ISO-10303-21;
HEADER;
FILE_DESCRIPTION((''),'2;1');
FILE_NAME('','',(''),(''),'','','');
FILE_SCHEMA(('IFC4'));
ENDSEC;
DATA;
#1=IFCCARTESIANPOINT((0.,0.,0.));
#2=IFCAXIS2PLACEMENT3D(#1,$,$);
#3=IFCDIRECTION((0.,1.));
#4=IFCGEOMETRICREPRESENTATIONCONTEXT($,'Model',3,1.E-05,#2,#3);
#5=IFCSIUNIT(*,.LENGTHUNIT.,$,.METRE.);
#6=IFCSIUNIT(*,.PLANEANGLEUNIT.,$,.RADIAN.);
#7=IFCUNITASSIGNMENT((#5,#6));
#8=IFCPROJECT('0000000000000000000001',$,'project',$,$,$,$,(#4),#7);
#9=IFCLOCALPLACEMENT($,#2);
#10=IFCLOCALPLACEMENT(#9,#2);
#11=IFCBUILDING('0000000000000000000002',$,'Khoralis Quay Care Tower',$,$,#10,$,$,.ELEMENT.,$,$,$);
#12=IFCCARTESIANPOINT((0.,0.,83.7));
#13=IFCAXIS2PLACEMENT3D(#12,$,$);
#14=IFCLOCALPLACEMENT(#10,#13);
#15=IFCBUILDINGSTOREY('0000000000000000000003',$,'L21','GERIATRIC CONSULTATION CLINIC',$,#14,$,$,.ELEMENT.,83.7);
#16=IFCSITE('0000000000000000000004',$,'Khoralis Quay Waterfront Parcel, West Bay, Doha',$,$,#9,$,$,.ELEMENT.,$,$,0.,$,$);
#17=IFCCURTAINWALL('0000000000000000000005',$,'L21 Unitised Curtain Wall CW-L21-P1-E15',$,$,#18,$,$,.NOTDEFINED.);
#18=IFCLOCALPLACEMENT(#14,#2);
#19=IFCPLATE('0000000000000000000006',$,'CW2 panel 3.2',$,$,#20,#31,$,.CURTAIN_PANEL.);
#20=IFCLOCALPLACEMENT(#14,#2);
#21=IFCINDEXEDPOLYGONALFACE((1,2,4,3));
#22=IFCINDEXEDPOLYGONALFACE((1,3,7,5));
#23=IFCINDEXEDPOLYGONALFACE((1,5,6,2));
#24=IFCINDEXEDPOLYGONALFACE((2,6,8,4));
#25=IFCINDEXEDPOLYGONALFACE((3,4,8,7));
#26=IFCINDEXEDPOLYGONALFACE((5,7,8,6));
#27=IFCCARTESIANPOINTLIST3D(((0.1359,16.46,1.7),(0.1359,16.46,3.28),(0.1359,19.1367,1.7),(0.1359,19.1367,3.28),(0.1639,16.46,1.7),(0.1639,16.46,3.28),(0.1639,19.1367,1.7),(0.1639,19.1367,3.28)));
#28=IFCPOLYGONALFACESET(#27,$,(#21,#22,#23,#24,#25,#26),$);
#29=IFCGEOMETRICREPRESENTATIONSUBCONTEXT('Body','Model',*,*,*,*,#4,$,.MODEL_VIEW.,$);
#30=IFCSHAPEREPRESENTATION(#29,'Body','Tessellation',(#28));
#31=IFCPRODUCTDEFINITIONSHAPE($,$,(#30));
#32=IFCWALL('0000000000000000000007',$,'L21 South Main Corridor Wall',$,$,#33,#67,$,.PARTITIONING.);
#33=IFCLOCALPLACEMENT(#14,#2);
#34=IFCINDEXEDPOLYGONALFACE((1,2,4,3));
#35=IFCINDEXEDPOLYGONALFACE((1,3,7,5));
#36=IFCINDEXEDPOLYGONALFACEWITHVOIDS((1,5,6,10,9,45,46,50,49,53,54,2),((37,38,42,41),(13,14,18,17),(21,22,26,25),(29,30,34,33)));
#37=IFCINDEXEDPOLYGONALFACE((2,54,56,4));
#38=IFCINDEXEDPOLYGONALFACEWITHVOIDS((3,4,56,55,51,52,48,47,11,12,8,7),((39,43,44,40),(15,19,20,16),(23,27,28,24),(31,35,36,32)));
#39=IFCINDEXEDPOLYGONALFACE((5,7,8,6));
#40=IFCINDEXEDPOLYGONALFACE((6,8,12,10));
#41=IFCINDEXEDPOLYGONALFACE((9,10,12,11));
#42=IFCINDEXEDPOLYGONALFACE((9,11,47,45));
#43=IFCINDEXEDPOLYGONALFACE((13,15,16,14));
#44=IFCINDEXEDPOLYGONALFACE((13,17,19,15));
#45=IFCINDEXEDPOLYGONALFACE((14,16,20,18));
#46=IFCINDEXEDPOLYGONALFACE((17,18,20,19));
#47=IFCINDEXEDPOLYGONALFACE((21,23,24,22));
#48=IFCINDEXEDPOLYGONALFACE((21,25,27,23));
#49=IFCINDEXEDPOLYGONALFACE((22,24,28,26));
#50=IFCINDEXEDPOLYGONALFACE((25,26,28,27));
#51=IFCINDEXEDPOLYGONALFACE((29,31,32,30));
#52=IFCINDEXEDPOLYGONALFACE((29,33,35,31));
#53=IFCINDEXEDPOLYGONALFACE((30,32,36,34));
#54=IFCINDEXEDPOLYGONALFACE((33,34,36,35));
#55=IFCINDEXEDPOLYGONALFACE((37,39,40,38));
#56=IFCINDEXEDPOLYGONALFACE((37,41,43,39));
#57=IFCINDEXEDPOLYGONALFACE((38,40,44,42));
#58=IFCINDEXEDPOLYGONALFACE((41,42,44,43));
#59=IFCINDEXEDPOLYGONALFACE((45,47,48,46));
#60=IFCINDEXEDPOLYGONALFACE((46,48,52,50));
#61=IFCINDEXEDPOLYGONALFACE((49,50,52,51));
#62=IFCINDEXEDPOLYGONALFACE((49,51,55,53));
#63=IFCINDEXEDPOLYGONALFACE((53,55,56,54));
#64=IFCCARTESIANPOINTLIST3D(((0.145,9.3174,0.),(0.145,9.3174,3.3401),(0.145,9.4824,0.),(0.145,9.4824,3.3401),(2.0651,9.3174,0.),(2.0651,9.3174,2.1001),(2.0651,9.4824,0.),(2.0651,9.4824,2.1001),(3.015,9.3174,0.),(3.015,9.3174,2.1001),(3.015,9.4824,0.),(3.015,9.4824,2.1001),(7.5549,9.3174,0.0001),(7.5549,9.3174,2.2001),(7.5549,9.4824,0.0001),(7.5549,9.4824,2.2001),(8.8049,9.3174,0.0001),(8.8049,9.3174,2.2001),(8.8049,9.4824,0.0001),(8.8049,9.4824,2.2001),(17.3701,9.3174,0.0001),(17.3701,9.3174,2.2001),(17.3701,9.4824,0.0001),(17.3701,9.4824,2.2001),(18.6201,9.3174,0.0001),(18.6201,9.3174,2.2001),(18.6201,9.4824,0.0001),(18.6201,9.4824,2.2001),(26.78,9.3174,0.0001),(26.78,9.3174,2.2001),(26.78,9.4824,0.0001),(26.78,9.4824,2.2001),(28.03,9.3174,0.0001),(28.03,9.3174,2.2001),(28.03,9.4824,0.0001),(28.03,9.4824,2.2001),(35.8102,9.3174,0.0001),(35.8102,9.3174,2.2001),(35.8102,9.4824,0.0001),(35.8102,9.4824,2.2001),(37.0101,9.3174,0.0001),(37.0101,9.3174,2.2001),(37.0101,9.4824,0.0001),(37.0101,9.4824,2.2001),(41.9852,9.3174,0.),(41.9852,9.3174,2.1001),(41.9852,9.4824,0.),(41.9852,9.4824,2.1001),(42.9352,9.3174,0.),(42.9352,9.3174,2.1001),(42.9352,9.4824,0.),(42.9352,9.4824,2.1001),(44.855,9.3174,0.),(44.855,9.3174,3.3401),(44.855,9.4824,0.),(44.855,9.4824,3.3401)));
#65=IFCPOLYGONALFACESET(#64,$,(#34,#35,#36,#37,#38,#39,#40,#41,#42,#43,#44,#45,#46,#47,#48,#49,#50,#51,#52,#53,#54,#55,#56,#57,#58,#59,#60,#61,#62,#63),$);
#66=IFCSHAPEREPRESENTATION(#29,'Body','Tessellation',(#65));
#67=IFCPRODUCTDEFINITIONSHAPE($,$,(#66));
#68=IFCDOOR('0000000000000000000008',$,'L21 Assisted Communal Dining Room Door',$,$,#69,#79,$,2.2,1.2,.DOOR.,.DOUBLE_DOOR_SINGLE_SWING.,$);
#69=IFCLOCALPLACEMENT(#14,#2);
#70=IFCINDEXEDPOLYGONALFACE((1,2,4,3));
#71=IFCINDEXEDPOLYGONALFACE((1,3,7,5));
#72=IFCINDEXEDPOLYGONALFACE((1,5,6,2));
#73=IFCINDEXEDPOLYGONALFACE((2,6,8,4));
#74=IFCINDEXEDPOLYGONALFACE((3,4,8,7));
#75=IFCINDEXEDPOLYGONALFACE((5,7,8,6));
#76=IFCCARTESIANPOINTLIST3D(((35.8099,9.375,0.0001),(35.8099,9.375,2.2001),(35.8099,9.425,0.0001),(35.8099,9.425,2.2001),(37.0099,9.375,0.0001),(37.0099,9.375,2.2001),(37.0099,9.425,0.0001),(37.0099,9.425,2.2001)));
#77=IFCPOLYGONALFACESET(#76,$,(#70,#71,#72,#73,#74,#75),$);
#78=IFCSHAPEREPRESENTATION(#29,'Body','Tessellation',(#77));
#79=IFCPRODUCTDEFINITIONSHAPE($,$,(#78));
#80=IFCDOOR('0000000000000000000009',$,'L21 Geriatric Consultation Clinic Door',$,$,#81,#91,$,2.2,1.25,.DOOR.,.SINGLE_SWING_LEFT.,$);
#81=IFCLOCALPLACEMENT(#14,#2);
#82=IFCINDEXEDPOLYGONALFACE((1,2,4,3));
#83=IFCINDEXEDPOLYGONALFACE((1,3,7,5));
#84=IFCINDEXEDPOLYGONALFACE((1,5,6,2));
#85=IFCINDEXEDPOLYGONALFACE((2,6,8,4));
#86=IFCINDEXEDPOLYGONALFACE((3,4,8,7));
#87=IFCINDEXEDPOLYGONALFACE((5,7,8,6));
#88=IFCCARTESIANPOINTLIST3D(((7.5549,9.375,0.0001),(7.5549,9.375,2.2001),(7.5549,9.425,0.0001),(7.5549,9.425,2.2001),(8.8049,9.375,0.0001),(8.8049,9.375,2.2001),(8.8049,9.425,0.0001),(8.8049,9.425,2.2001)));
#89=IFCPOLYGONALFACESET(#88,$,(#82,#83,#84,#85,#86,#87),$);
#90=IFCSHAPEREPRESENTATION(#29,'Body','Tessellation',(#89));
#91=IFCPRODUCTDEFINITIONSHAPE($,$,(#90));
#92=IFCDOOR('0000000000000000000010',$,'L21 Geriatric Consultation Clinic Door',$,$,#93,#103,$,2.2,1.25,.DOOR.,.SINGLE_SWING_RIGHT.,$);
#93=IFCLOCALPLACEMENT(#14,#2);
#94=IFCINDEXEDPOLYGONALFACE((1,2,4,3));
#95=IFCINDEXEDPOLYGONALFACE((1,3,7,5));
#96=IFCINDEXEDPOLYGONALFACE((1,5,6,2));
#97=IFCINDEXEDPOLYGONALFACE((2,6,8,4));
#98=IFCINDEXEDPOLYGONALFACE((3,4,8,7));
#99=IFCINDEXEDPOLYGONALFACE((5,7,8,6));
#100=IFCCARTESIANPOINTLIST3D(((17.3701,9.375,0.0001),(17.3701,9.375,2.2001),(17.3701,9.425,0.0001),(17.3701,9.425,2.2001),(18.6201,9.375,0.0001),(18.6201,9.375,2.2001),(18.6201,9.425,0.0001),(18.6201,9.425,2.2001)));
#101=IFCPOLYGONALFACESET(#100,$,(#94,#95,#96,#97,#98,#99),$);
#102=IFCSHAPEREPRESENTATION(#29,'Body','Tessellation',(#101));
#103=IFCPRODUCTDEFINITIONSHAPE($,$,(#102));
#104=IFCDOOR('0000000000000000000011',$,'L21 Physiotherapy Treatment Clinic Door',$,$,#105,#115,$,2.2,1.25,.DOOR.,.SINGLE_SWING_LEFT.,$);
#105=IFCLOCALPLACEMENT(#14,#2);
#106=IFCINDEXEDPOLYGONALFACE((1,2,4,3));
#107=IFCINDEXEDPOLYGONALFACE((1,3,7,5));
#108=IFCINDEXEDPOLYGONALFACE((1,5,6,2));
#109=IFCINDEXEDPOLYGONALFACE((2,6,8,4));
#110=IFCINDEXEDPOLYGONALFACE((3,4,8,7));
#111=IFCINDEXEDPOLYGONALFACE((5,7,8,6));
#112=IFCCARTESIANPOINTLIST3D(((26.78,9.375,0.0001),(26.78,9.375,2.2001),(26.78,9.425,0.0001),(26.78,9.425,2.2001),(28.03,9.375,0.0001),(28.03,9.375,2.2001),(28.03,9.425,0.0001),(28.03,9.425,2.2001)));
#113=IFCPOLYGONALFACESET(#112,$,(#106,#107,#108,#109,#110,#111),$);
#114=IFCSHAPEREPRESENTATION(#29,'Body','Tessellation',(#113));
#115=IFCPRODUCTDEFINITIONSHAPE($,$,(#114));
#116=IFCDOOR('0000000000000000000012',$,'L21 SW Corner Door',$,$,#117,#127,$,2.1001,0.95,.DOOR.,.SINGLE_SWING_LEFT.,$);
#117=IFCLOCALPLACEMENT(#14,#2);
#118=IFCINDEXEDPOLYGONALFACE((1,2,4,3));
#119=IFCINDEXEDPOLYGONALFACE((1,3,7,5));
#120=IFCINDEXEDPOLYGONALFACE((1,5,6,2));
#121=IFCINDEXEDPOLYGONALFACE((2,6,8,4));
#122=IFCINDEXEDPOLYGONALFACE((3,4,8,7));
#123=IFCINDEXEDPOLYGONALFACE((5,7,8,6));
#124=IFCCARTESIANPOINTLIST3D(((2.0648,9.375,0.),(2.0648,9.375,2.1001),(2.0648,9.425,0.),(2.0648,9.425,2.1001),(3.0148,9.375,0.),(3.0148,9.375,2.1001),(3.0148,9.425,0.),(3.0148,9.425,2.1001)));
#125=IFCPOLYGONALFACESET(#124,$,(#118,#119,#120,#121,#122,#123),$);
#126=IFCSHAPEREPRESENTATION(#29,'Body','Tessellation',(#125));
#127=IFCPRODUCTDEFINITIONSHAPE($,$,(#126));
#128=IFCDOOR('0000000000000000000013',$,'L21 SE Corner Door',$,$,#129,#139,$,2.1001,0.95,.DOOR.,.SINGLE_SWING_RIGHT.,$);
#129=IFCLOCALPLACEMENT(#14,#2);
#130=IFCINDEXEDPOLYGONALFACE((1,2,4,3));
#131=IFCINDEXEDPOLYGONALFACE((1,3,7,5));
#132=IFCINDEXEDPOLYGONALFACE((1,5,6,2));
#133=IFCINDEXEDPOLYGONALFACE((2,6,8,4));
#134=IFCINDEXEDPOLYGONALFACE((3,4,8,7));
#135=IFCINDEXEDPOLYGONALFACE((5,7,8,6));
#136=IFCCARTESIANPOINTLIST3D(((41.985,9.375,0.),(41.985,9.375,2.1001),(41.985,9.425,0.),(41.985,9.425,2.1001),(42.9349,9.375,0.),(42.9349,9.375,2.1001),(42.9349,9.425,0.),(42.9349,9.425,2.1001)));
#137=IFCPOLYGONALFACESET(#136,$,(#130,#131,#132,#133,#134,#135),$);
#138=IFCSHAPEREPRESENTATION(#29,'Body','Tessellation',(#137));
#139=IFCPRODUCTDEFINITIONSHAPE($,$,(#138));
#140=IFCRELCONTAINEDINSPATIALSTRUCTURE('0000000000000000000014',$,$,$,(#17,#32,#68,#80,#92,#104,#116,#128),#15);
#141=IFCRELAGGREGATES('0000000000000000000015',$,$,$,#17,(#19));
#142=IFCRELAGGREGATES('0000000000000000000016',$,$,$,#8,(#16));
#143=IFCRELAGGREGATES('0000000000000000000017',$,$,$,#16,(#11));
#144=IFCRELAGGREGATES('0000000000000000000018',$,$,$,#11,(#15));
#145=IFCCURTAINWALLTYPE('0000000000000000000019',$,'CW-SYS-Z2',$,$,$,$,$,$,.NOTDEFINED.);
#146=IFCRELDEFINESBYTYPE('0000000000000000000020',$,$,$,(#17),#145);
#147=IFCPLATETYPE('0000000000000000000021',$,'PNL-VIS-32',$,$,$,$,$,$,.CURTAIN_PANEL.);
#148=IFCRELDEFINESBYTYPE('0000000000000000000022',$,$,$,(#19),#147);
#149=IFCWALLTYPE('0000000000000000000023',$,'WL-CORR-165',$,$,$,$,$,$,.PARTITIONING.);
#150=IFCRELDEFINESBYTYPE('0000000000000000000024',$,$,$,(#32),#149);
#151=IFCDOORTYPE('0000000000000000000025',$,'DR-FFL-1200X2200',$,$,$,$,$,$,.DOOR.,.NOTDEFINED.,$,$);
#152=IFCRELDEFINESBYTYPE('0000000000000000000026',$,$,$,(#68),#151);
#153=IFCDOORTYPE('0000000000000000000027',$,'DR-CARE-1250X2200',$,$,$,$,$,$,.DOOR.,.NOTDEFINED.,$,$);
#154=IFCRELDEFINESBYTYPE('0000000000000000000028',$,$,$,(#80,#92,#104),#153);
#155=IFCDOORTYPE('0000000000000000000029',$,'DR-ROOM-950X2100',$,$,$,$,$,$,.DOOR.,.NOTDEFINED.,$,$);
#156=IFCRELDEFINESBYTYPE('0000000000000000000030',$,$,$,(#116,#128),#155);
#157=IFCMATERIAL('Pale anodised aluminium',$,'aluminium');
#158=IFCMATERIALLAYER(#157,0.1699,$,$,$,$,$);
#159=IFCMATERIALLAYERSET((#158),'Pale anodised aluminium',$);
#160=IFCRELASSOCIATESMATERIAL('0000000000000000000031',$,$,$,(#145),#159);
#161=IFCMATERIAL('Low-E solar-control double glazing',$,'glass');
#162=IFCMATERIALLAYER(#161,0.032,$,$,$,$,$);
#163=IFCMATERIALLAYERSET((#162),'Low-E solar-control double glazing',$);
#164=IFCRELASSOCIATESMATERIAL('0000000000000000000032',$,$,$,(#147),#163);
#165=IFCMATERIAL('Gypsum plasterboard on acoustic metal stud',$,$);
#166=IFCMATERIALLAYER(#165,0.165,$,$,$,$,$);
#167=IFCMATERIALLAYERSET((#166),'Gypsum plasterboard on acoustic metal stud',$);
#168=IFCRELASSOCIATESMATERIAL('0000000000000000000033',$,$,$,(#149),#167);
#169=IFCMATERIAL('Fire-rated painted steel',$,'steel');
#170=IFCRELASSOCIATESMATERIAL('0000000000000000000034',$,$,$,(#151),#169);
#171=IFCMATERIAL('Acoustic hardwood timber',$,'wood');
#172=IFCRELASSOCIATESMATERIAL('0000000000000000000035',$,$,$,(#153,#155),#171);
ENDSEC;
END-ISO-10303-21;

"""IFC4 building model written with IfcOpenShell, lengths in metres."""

from ifc_helpers import new_model, si_unit, direction, frame, frame_2d, origin, origin_2d, place, context, subcontext, project, spatial, rectangle, extrude, source, transform, mapped, material, layer, layer_set, type_object, element, fill, aggregate, save


model = new_model("IFC4")

# Units and contexts
model_context = context("Model", 3, precision=1e-05, world=origin(), true_north=direction((0.0, 1.0)))
body_context = subcontext(model_context, "Body", "Model", "MODEL_VIEW")
ifc_project = project(units=[si_unit("LENGTHUNIT", "METRE"), si_unit("PLANEANGLEUNIT", "RADIAN")], contexts=[model_context])

# Site, building, storey
site_placement = place(None, origin())
site = spatial("IfcSite", under=ifc_project, at=site_placement, Name="Khoralis Quay Waterfront Parcel, West Bay, Doha", CompositionType="ELEMENT", RefElevation=0.0)
building_placement = place(site_placement, origin())
building = spatial("IfcBuilding", under=site, at=building_placement, Name="Khoralis Quay Care Tower", CompositionType="ELEMENT")
storey_placement = place(building_placement, frame((0.0, 0.0, 83.7)))
storey = spatial("IfcBuildingStorey", under=building, at=storey_placement, Name="L21", Description="GERIATRIC CONSULTATION CLINIC", CompositionType="ELEMENT", Elevation=83.7)

# Curtain wall, plate
ifc_material_1 = material(Name="Pale anodised aluminium", Category="aluminium")
ifc_layer_1 = layer(ifc_material_1, 0.1699)
ifc_layer_set_1 = layer_set([ifc_layer_1], Name="Pale anodised aluminium")
curtain_wall_type = type_object("IfcCurtainWallType", Name="CW-SYS-Z2", PredefinedType="NOTDEFINED", material=ifc_layer_set_1)
curtain_wall_placement = place(storey_placement, origin())
curtain_wall = element("IfcCurtainWall", 1, at=curtain_wall_placement, inside=storey, type_object=curtain_wall_type, Name="L21 Unitised Curtain Wall CW-L21-P1-E15", PredefinedType="NOTDEFINED")
ifc_material_2 = material(Name="Low-E solar-control double glazing", Category="glass")
ifc_layer_2 = layer(ifc_material_2, 0.032)
ifc_layer_set_2 = layer_set([ifc_layer_2], Name="Low-E solar-control double glazing")
plate_type = type_object("IfcPlateType", Name="PNL-VIS-32", PredefinedType="CURTAIN_PANEL", material=ifc_layer_set_2)
shared_shape_1 = source(origin(), body_context, "Body", "SweptSolid", [
    extrude(rectangle(XDim=2.6768, YDim=0.0281, at=origin_2d()), origin(), (0.0, 0.0, 1.0), 1.5801),
])
plate_1_placement = place(storey_placement, frame((0.1499, 17.7983, 1.7), z_axis=(0.0, 0.0, 1.0), x_axis=(0.0, -1.0, 0.0)))
plate_1 = element("IfcPlate", 2, at=plate_1_placement, type_object=plate_type, Name="CW2 panel 3.2", PredefinedType="CURTAIN_PANEL", context=body_context, shape_type="MappedRepresentation", body=[
    mapped(shared_shape_1, transform((0.0, 0.0, 0.0), scale=1.0)),
])
aggregate(curtain_wall, [plate_1])

# Wall, openings, doors
ifc_material_3 = material(Name="Gypsum plasterboard on acoustic metal stud")
ifc_layer_3 = layer(ifc_material_3, 0.165)
ifc_layer_set_3 = layer_set([ifc_layer_3], Name="Gypsum plasterboard on acoustic metal stud")
wall_type_1 = type_object("IfcWallType", Name="WL-CORR-165", PredefinedType="PARTITIONING", material=ifc_layer_set_3)
wall_1_placement = place(storey_placement, frame((0.145, 9.3999, 0.0), z_axis=(0.0, 0.0, 1.0), x_axis=(1.0, 0.0, 0.0)))
wall_1 = element("IfcWall", 3, at=wall_1_placement, inside=storey, type_object=wall_type_1, Name="L21 South Main Corridor Wall", PredefinedType="PARTITIONING", context=body_context, shape_type="SweptSolid", body=[
    extrude(rectangle(XDim=44.71, YDim=0.165, at=frame_2d((22.355, 0.0))), origin(), (0.0, 0.0, 1.0), 3.3401),
])
opening_1_placement = place(wall_1_placement, frame((7.4099, 0.0, 0.0)))
opening_1 = element("IfcOpeningElement", 4, at=opening_1_placement, cuts=wall_1, PredefinedType="OPENING", context=body_context, shape_type="SweptSolid", body=[
    extrude(rectangle(XDim=1.25, YDim=2.2, at=frame_2d((0.625, 1.1001))), frame((0.0, 0.0925, 0.0), z_axis=(0.0, -1.0, 0.0), x_axis=(1.0, 0.0, 0.0)), (0.0, 0.0, 1.0), 0.1851),
])
opening_2_placement = place(wall_1_placement, frame((17.2251, 0.0, 0.0)))
opening_2 = element("IfcOpeningElement", 5, at=opening_2_placement, cuts=wall_1, PredefinedType="OPENING", context=body_context, shape_type="SweptSolid", body=[
    extrude(rectangle(XDim=1.25, YDim=2.2, at=frame_2d((0.625, 1.1001))), frame((0.0, 0.0925, 0.0), z_axis=(0.0, -1.0, 0.0), x_axis=(1.0, 0.0, 0.0)), (0.0, 0.0, 1.0), 0.1851),
])
opening_3_placement = place(wall_1_placement, frame((26.635, 0.0, 0.0)))
opening_3 = element("IfcOpeningElement", 6, at=opening_3_placement, cuts=wall_1, PredefinedType="OPENING", context=body_context, shape_type="SweptSolid", body=[
    extrude(rectangle(XDim=1.25, YDim=2.2, at=frame_2d((0.625, 1.1001))), frame((0.0, 0.0925, 0.0), z_axis=(0.0, -1.0, 0.0), x_axis=(1.0, 0.0, 0.0)), (0.0, 0.0, 1.0), 0.1851),
])
opening_4_placement = place(wall_1_placement, frame((35.665, 0.0, 0.0)))
opening_4 = element("IfcOpeningElement", 7, at=opening_4_placement, cuts=wall_1, PredefinedType="OPENING", context=body_context, shape_type="SweptSolid", body=[
    extrude(rectangle(XDim=1.2, YDim=2.2, at=frame_2d((0.6001, 1.1001))), frame((0.0, 0.0925, 0.0), z_axis=(0.0, -1.0, 0.0), x_axis=(1.0, 0.0, 0.0)), (0.0, 0.0, 1.0), 0.1851),
])
opening_5_placement = place(wall_1_placement, frame((1.9199, 0.0, 0.0)))
opening_5 = element("IfcOpeningElement", 8, at=opening_5_placement, cuts=wall_1, PredefinedType="OPENING", context=body_context, shape_type="SweptSolid", body=[
    extrude(rectangle(XDim=0.95, YDim=2.1001, at=frame_2d((0.4751, 1.05))), frame((0.0, 0.0925, 0.0), z_axis=(0.0, -1.0, 0.0), x_axis=(1.0, 0.0, 0.0)), (0.0, 0.0, 1.0), 0.1851),
])
opening_6_placement = place(wall_1_placement, frame((41.8401, 0.0, 0.0)))
opening_6 = element("IfcOpeningElement", 9, at=opening_6_placement, cuts=wall_1, PredefinedType="OPENING", context=body_context, shape_type="SweptSolid", body=[
    extrude(rectangle(XDim=0.95, YDim=2.1001, at=frame_2d((0.4751, 1.05))), frame((0.0, 0.0925, 0.0), z_axis=(0.0, -1.0, 0.0), x_axis=(1.0, 0.0, 0.0)), (0.0, 0.0, 1.0), 0.1851),
])
ifc_material_4 = material(Name="Fire-rated painted steel", Category="steel")
door_type_1 = type_object("IfcDoorType", Name="DR-FFL-1200X2200", OperationType="NOTDEFINED", PredefinedType="DOOR", material=ifc_material_4)
shared_shape_2 = source(origin(), body_context, "Body", "SweptSolid", [
    extrude(rectangle(XDim=1.2, YDim=2.2, at=frame_2d((0.6001, 1.1001))), frame((0.0, 0.0249, 0.0), z_axis=(0.0, -1.0, 0.0), x_axis=(1.0, 0.0, 0.0)), (0.0, 0.0, 1.0), 0.05),
])
door_1_placement = place(opening_4_placement, frame((1.2, 0.0, 0.0), z_axis=(0.0, 0.0, 1.0), x_axis=(-1.0, 0.0, 0.0)))
door_1 = element("IfcDoor", 10, at=door_1_placement, inside=storey, type_object=door_type_1, Name="L21 Assisted Communal Dining Room Door", OperationType="DOUBLE_DOOR_SINGLE_SWING", OverallHeight=2.2, OverallWidth=1.2, PredefinedType="DOOR", context=body_context, shape_type="MappedRepresentation", body=[
    mapped(shared_shape_2, transform((0.0, 0.0, 0.0), scale=1.0)),
])
fill(opening_4, door_1)
ifc_material_5 = material(Name="Acoustic hardwood timber", Category="wood")
door_type_2 = type_object("IfcDoorType", Name="DR-CARE-1250X2200", OperationType="NOTDEFINED", PredefinedType="DOOR", material=ifc_material_5)
shared_shape_3 = source(origin(), body_context, "Body", "SweptSolid", [
    extrude(rectangle(XDim=1.25, YDim=2.2, at=frame_2d((0.625, 1.1001))), frame((0.0, 0.0249, 0.0), z_axis=(0.0, -1.0, 0.0), x_axis=(1.0, 0.0, 0.0)), (0.0, 0.0, 1.0), 0.05),
])
door_2_placement = place(opening_1_placement, frame((1.25, 0.0, 0.0), z_axis=(0.0, 0.0, 1.0), x_axis=(-1.0, 0.0, 0.0)))
door_2 = element("IfcDoor", 11, at=door_2_placement, inside=storey, type_object=door_type_2, Name="L21 Geriatric Consultation Clinic Door", OperationType="SINGLE_SWING_LEFT", OverallHeight=2.2, OverallWidth=1.25, PredefinedType="DOOR", context=body_context, shape_type="MappedRepresentation", body=[
    mapped(shared_shape_3, transform((0.0, 0.0, 0.0), scale=1.0)),
])
fill(opening_1, door_2)
door_3_placement = place(opening_2_placement, frame((1.25, 0.0, 0.0), z_axis=(0.0, 0.0, 1.0), x_axis=(-1.0, 0.0, 0.0)))
door_3 = element("IfcDoor", 12, at=door_3_placement, inside=storey, type_object=door_type_2, Name="L21 Geriatric Consultation Clinic Door", OperationType="SINGLE_SWING_RIGHT", OverallHeight=2.2, OverallWidth=1.25, PredefinedType="DOOR", context=body_context, shape_type="MappedRepresentation", body=[
    mapped(shared_shape_3, transform((0.0, 0.0, 0.0), scale=1.0)),
])
fill(opening_2, door_3)
door_4_placement = place(opening_3_placement, frame((1.25, 0.0, 0.0), z_axis=(0.0, 0.0, 1.0), x_axis=(-1.0, 0.0, 0.0)))
door_4 = element("IfcDoor", 13, at=door_4_placement, inside=storey, type_object=door_type_2, Name="L21 Physiotherapy Treatment Clinic Door", OperationType="SINGLE_SWING_LEFT", OverallHeight=2.2, OverallWidth=1.25, PredefinedType="DOOR", context=body_context, shape_type="MappedRepresentation", body=[
    mapped(shared_shape_3, transform((0.0, 0.0, 0.0), scale=1.0)),
])
fill(opening_3, door_4)
door_type_3 = type_object("IfcDoorType", Name="DR-ROOM-950X2100", OperationType="NOTDEFINED", PredefinedType="DOOR", material=ifc_material_5)
shared_shape_4 = source(origin(), body_context, "Body", "SweptSolid", [
    extrude(rectangle(XDim=0.95, YDim=2.1001, at=frame_2d((0.4751, 1.05))), frame((0.0, 0.0249, 0.0), z_axis=(0.0, -1.0, 0.0), x_axis=(1.0, 0.0, 0.0)), (0.0, 0.0, 1.0), 0.05),
])
door_5_placement = place(opening_5_placement, frame((0.95, 0.0, 0.0), z_axis=(0.0, 0.0, 1.0), x_axis=(-1.0, 0.0, 0.0)))
door_5 = element("IfcDoor", 14, at=door_5_placement, inside=storey, type_object=door_type_3, Name="L21 SW Corner Door", OperationType="SINGLE_SWING_LEFT", OverallHeight=2.1001, OverallWidth=0.95, PredefinedType="DOOR", context=body_context, shape_type="MappedRepresentation", body=[
    mapped(shared_shape_4, transform((0.0, 0.0, 0.0), scale=1.0)),
])
fill(opening_5, door_5)
door_6_placement = place(opening_6_placement, frame((0.95, 0.0, 0.0), z_axis=(0.0, 0.0, 1.0), x_axis=(-1.0, 0.0, 0.0)))
door_6 = element("IfcDoor", 15, at=door_6_placement, inside=storey, type_object=door_type_3, Name="L21 SE Corner Door", OperationType="SINGLE_SWING_RIGHT", OverallHeight=2.1001, OverallWidth=0.95, PredefinedType="DOOR", context=body_context, shape_type="MappedRepresentation", body=[
    mapped(shared_shape_4, transform((0.0, 0.0, 0.0), scale=1.0)),
])
fill(opening_6, door_6)

save(model, "model.ifc")
